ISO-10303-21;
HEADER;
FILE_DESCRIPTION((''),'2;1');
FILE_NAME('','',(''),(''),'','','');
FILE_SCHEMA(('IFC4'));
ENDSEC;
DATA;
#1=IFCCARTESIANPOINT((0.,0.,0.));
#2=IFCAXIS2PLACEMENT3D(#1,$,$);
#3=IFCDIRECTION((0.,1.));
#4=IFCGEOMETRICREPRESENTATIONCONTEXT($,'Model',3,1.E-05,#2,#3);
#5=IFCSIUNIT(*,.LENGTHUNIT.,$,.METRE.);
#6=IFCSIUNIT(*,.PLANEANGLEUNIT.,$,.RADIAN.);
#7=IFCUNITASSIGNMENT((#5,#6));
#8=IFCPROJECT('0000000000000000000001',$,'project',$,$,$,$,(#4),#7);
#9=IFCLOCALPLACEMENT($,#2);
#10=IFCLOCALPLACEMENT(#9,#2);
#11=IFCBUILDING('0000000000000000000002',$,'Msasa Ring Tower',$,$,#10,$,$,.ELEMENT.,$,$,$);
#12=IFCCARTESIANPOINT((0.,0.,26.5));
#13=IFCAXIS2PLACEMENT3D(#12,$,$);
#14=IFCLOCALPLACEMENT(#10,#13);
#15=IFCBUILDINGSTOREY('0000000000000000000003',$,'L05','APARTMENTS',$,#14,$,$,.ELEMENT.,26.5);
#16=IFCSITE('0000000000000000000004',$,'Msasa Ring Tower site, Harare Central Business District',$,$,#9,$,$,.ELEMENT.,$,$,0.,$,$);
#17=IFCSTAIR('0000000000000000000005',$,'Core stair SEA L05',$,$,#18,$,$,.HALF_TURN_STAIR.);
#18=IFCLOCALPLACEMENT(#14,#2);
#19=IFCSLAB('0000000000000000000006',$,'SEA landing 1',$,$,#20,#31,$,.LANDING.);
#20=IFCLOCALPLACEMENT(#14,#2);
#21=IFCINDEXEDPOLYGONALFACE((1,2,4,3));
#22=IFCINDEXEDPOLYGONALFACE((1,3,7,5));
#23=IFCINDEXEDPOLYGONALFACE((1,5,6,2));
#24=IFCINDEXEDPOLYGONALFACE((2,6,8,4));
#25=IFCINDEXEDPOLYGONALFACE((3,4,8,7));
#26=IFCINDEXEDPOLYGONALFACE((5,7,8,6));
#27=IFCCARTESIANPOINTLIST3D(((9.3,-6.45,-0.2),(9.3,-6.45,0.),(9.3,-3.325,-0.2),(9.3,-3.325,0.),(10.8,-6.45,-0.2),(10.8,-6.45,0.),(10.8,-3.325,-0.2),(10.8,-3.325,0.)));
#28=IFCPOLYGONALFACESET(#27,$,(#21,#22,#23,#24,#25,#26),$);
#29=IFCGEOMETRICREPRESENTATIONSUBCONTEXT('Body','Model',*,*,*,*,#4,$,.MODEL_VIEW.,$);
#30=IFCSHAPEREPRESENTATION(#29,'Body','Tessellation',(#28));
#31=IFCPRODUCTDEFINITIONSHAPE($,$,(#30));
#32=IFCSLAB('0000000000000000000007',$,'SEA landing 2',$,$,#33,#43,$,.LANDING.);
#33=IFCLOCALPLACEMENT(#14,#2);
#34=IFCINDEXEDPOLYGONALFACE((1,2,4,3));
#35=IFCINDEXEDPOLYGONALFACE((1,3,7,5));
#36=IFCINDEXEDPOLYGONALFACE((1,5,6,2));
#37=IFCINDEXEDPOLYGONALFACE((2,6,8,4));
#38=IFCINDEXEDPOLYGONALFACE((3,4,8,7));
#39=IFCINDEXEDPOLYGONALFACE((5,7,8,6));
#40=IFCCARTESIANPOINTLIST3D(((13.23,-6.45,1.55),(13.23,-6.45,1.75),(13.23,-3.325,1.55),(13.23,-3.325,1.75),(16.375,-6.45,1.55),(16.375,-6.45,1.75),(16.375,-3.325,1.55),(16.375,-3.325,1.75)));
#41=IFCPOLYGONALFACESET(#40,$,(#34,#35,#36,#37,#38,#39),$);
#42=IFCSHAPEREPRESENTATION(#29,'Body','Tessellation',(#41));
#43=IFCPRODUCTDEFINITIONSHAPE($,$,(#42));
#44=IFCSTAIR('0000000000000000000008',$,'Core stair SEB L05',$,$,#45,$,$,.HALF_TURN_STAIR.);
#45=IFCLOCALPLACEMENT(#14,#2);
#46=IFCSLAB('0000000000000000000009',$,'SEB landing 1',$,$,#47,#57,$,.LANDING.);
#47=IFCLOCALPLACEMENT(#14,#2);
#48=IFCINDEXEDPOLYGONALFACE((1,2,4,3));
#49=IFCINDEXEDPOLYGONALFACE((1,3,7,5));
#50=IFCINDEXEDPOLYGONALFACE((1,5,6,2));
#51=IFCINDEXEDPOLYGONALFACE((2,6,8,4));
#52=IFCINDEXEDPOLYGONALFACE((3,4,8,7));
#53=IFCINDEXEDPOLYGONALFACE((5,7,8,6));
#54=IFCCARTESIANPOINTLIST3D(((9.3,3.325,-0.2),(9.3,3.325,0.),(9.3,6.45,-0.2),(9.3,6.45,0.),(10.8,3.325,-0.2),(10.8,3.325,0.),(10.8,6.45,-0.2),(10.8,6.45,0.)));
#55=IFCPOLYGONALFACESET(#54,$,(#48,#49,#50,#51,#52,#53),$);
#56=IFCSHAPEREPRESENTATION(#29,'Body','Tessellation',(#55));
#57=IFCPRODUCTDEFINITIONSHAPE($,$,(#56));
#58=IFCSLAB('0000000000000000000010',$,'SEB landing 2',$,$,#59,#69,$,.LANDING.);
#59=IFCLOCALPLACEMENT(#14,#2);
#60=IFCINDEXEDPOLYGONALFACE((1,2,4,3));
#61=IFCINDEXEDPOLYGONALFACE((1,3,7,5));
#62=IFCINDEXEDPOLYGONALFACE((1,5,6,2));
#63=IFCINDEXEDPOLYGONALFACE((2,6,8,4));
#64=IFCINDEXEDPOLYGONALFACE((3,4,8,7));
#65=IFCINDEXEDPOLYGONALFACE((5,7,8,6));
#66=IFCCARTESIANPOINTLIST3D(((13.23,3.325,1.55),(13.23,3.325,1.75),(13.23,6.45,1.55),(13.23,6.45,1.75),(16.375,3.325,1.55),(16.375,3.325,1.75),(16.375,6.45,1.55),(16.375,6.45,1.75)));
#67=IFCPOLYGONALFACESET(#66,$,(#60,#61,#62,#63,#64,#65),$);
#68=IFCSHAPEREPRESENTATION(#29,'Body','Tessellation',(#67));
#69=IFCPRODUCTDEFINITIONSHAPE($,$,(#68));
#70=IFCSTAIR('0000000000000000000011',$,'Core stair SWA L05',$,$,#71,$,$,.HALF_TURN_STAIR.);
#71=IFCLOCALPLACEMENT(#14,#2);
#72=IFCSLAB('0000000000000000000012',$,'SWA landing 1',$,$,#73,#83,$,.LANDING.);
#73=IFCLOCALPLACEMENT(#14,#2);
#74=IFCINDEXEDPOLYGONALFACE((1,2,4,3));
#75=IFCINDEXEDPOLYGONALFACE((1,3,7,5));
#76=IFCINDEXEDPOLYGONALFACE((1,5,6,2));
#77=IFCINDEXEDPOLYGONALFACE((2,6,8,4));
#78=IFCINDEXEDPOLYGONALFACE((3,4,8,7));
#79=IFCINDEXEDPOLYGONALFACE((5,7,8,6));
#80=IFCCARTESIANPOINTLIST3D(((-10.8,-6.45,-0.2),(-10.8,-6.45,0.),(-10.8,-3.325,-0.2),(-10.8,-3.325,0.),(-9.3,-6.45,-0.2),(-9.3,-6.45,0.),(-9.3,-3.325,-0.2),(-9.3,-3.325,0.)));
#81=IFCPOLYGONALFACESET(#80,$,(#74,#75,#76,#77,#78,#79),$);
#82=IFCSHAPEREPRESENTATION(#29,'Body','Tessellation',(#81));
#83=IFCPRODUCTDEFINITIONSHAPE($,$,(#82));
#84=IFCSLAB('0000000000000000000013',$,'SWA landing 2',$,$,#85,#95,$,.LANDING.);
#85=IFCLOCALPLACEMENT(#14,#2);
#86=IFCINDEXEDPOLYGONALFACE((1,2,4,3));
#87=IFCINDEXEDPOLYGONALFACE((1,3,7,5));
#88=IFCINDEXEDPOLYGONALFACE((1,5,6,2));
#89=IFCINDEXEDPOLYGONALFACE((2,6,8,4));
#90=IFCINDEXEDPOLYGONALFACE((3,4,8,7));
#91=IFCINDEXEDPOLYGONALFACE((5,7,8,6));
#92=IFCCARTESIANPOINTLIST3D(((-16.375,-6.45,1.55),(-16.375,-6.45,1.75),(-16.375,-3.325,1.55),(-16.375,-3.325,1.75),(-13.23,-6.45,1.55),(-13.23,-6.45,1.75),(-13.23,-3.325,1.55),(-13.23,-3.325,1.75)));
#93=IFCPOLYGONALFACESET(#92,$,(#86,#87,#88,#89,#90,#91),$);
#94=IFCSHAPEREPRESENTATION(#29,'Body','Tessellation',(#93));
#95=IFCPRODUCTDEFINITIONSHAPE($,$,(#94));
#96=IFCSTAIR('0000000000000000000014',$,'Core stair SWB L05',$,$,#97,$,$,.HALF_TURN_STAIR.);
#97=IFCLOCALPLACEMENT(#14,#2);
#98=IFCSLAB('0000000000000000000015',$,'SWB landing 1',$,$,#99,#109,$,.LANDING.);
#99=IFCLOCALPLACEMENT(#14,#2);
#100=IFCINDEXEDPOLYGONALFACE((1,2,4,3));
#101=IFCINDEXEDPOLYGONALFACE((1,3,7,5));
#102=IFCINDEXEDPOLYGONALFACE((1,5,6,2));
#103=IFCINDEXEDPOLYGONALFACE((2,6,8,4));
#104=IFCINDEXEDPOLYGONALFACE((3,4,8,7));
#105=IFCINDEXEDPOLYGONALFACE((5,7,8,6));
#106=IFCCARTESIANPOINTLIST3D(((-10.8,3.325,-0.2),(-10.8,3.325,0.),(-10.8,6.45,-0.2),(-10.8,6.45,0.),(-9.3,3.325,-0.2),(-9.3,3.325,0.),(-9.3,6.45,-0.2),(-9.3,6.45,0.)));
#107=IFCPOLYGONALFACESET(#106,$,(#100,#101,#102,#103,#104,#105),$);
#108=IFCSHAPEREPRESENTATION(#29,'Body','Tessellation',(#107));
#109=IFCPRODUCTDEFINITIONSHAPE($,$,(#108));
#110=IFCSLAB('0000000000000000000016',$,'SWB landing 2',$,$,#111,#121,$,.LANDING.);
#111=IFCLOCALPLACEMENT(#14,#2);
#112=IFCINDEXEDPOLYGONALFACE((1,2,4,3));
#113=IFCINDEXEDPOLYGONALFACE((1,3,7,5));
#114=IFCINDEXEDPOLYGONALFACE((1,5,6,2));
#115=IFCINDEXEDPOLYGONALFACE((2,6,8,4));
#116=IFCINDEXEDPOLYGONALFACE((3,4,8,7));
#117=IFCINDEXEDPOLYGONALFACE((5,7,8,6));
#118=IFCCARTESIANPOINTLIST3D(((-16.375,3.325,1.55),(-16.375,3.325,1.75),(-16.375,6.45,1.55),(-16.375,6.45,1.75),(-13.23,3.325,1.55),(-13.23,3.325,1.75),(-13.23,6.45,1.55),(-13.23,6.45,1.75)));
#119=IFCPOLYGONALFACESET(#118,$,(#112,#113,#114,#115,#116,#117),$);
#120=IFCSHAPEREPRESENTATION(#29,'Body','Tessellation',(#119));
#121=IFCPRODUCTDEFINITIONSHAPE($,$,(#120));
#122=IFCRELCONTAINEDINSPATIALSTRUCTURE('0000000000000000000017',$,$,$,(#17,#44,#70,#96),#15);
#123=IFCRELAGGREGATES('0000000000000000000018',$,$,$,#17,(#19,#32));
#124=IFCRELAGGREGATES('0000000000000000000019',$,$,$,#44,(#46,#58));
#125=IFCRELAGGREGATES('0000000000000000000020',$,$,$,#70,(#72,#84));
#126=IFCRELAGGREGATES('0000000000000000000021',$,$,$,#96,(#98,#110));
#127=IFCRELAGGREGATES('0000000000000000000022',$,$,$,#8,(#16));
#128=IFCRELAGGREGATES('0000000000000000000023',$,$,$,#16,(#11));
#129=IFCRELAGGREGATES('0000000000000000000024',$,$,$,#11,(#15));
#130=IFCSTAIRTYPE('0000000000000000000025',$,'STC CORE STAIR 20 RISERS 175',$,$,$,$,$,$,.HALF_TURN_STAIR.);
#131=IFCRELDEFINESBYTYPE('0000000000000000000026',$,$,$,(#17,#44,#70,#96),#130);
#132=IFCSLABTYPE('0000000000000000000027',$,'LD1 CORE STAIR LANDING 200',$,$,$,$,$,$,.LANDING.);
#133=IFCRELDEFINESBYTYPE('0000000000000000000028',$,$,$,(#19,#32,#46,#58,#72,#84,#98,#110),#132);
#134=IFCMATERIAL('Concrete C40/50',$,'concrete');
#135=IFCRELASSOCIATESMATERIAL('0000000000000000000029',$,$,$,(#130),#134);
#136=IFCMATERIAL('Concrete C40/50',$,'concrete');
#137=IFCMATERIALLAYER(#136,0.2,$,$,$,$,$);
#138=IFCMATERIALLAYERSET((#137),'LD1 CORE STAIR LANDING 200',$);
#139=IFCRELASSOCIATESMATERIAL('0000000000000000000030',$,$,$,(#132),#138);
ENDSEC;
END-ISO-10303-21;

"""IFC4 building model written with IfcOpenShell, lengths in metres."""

from ifc_helpers import new_model, si_unit, direction, frame, origin, place, context, subcontext, project, spatial, polyline, outline, extrude, material, layer, layer_set, type_object, element, aggregate, save


model = new_model("IFC4")

# Units and contexts
model_context = context("Model", 3, precision=1e-05, world=origin(), true_north=direction((0.0, 1.0)))
body_context = subcontext(model_context, "Body", "Model", "MODEL_VIEW")
ifc_project = project(units=[si_unit("LENGTHUNIT", "METRE"), si_unit("PLANEANGLEUNIT", "RADIAN")], contexts=[model_context])

# Site, building, storey
site_placement = place(None, origin())
site = spatial("IfcSite", under=ifc_project, at=site_placement, Name="Msasa Ring Tower site, Harare Central Business District", CompositionType="ELEMENT", RefElevation=0.0)
building_placement = place(site_placement, origin())
building = spatial("IfcBuilding", under=site, at=building_placement, Name="Msasa Ring Tower", CompositionType="ELEMENT")
storey_placement = place(building_placement, frame((0.0, 0.0, 26.5)))
storey = spatial("IfcBuildingStorey", under=building, at=storey_placement, Name="L05", Description="APARTMENTS", CompositionType="ELEMENT", Elevation=26.5)

# Stairs, slabs
ifc_material_1 = material(Name="Concrete C40/50", Category="concrete")
stair_type = type_object("IfcStairType", Name="STC CORE STAIR 20 RISERS 175", PredefinedType="HALF_TURN_STAIR", material=ifc_material_1)
stair_1_placement = place(storey_placement, origin())
stair_1 = element("IfcStair", 1, at=stair_1_placement, inside=storey, type_object=stair_type, Name="Core stair SEA L05", PredefinedType="HALF_TURN_STAIR")
ifc_material_2 = material(Name="Concrete C40/50", Category="concrete")
ifc_layer = layer(ifc_material_2, 0.2)
ifc_layer_set = layer_set([ifc_layer], Name="LD1 CORE STAIR LANDING 200")
slab_type = type_object("IfcSlabType", Name="LD1 CORE STAIR LANDING 200", PredefinedType="LANDING", material=ifc_layer_set)
slab_1_placement = place(storey_placement, frame((0.0, 0.0, -0.2)))
slab_1 = element("IfcSlab", 2, at=slab_1_placement, type_object=slab_type, Name="SEA landing 1", PredefinedType="LANDING", context=body_context, shape_type="SweptSolid", body=[
    extrude(outline(polyline([(9.3, -6.45), (10.8, -6.45), (10.8, -3.325), (9.3, -3.325), (9.3, -6.45)])), origin(), (0.0, 0.0, 1.0), 0.2),
])
slab_2_placement = place(storey_placement, frame((0.0, 0.0, 1.55)))
slab_2 = element("IfcSlab", 3, at=slab_2_placement, type_object=slab_type, Name="SEA landing 2", PredefinedType="LANDING", context=body_context, shape_type="SweptSolid", body=[
    extrude(outline(polyline([(13.23, -6.45), (16.375, -6.45), (16.375, -3.325), (13.23, -3.325), (13.23, -6.45)])), origin(), (0.0, 0.0, 1.0), 0.2),
])
aggregate(stair_1, [slab_1, slab_2])
stair_2_placement = place(storey_placement, origin())
stair_2 = element("IfcStair", 4, at=stair_2_placement, inside=storey, type_object=stair_type, Name="Core stair SEB L05", PredefinedType="HALF_TURN_STAIR")
slab_3_placement = place(storey_placement, frame((0.0, 0.0, -0.2)))
slab_3 = element("IfcSlab", 5, at=slab_3_placement, type_object=slab_type, Name="SEB landing 1", PredefinedType="LANDING", context=body_context, shape_type="SweptSolid", body=[
    extrude(outline(polyline([(9.3, 3.325), (10.8, 3.325), (10.8, 6.45), (9.3, 6.45), (9.3, 3.325)])), origin(), (0.0, 0.0, 1.0), 0.2),
])
slab_4_placement = place(storey_placement, frame((0.0, 0.0, 1.55)))
slab_4 = element("IfcSlab", 6, at=slab_4_placement, type_object=slab_type, Name="SEB landing 2", PredefinedType="LANDING", context=body_context, shape_type="SweptSolid", body=[
    extrude(outline(polyline([(13.23, 3.325), (16.375, 3.325), (16.375, 6.45), (13.23, 6.45), (13.23, 3.325)])), origin(), (0.0, 0.0, 1.0), 0.2),
])
aggregate(stair_2, [slab_3, slab_4])
stair_3_placement = place(storey_placement, origin())
stair_3 = element("IfcStair", 7, at=stair_3_placement, inside=storey, type_object=stair_type, Name="Core stair SWA L05", PredefinedType="HALF_TURN_STAIR")
slab_5_placement = place(storey_placement, frame((0.0, 0.0, -0.2)))
slab_5 = element("IfcSlab", 8, at=slab_5_placement, type_object=slab_type, Name="SWA landing 1", PredefinedType="LANDING", context=body_context, shape_type="SweptSolid", body=[
    extrude(outline(polyline([(-10.8, -6.45), (-9.3, -6.45), (-9.3, -3.325), (-10.8, -3.325), (-10.8, -6.45)])), origin(), (0.0, 0.0, 1.0), 0.2),
])
slab_6_placement = place(storey_placement, frame((0.0, 0.0, 1.55)))
slab_6 = element("IfcSlab", 9, at=slab_6_placement, type_object=slab_type, Name="SWA landing 2", PredefinedType="LANDING", context=body_context, shape_type="SweptSolid", body=[
    extrude(outline(polyline([(-16.375, -6.45), (-13.23, -6.45), (-13.23, -3.325), (-16.375, -3.325), (-16.375, -6.45)])), origin(), (0.0, 0.0, 1.0), 0.2),
])
aggregate(stair_3, [slab_5, slab_6])
stair_4_placement = place(storey_placement, origin())
stair_4 = element("IfcStair", 10, at=stair_4_placement, inside=storey, type_object=stair_type, Name="Core stair SWB L05", PredefinedType="HALF_TURN_STAIR")
slab_7_placement = place(storey_placement, frame((0.0, 0.0, -0.2)))
slab_7 = element("IfcSlab", 11, at=slab_7_placement, type_object=slab_type, Name="SWB landing 1", PredefinedType="LANDING", context=body_context, shape_type="SweptSolid", body=[
    extrude(outline(polyline([(-10.8, 3.325), (-9.3, 3.325), (-9.3, 6.45), (-10.8, 6.45), (-10.8, 3.325)])), origin(), (0.0, 0.0, 1.0), 0.2),
])
slab_8_placement = place(storey_placement, frame((0.0, 0.0, 1.55)))
slab_8 = element("IfcSlab", 12, at=slab_8_placement, type_object=slab_type, Name="SWB landing 2", PredefinedType="LANDING", context=body_context, shape_type="SweptSolid", body=[
    extrude(outline(polyline([(-16.375, 3.325), (-13.23, 3.325), (-13.23, 6.45), (-16.375, 6.45), (-16.375, 3.325)])), origin(), (0.0, 0.0, 1.0), 0.2),
])
aggregate(stair_4, [slab_7, slab_8])

save(model, "model.ifc")
